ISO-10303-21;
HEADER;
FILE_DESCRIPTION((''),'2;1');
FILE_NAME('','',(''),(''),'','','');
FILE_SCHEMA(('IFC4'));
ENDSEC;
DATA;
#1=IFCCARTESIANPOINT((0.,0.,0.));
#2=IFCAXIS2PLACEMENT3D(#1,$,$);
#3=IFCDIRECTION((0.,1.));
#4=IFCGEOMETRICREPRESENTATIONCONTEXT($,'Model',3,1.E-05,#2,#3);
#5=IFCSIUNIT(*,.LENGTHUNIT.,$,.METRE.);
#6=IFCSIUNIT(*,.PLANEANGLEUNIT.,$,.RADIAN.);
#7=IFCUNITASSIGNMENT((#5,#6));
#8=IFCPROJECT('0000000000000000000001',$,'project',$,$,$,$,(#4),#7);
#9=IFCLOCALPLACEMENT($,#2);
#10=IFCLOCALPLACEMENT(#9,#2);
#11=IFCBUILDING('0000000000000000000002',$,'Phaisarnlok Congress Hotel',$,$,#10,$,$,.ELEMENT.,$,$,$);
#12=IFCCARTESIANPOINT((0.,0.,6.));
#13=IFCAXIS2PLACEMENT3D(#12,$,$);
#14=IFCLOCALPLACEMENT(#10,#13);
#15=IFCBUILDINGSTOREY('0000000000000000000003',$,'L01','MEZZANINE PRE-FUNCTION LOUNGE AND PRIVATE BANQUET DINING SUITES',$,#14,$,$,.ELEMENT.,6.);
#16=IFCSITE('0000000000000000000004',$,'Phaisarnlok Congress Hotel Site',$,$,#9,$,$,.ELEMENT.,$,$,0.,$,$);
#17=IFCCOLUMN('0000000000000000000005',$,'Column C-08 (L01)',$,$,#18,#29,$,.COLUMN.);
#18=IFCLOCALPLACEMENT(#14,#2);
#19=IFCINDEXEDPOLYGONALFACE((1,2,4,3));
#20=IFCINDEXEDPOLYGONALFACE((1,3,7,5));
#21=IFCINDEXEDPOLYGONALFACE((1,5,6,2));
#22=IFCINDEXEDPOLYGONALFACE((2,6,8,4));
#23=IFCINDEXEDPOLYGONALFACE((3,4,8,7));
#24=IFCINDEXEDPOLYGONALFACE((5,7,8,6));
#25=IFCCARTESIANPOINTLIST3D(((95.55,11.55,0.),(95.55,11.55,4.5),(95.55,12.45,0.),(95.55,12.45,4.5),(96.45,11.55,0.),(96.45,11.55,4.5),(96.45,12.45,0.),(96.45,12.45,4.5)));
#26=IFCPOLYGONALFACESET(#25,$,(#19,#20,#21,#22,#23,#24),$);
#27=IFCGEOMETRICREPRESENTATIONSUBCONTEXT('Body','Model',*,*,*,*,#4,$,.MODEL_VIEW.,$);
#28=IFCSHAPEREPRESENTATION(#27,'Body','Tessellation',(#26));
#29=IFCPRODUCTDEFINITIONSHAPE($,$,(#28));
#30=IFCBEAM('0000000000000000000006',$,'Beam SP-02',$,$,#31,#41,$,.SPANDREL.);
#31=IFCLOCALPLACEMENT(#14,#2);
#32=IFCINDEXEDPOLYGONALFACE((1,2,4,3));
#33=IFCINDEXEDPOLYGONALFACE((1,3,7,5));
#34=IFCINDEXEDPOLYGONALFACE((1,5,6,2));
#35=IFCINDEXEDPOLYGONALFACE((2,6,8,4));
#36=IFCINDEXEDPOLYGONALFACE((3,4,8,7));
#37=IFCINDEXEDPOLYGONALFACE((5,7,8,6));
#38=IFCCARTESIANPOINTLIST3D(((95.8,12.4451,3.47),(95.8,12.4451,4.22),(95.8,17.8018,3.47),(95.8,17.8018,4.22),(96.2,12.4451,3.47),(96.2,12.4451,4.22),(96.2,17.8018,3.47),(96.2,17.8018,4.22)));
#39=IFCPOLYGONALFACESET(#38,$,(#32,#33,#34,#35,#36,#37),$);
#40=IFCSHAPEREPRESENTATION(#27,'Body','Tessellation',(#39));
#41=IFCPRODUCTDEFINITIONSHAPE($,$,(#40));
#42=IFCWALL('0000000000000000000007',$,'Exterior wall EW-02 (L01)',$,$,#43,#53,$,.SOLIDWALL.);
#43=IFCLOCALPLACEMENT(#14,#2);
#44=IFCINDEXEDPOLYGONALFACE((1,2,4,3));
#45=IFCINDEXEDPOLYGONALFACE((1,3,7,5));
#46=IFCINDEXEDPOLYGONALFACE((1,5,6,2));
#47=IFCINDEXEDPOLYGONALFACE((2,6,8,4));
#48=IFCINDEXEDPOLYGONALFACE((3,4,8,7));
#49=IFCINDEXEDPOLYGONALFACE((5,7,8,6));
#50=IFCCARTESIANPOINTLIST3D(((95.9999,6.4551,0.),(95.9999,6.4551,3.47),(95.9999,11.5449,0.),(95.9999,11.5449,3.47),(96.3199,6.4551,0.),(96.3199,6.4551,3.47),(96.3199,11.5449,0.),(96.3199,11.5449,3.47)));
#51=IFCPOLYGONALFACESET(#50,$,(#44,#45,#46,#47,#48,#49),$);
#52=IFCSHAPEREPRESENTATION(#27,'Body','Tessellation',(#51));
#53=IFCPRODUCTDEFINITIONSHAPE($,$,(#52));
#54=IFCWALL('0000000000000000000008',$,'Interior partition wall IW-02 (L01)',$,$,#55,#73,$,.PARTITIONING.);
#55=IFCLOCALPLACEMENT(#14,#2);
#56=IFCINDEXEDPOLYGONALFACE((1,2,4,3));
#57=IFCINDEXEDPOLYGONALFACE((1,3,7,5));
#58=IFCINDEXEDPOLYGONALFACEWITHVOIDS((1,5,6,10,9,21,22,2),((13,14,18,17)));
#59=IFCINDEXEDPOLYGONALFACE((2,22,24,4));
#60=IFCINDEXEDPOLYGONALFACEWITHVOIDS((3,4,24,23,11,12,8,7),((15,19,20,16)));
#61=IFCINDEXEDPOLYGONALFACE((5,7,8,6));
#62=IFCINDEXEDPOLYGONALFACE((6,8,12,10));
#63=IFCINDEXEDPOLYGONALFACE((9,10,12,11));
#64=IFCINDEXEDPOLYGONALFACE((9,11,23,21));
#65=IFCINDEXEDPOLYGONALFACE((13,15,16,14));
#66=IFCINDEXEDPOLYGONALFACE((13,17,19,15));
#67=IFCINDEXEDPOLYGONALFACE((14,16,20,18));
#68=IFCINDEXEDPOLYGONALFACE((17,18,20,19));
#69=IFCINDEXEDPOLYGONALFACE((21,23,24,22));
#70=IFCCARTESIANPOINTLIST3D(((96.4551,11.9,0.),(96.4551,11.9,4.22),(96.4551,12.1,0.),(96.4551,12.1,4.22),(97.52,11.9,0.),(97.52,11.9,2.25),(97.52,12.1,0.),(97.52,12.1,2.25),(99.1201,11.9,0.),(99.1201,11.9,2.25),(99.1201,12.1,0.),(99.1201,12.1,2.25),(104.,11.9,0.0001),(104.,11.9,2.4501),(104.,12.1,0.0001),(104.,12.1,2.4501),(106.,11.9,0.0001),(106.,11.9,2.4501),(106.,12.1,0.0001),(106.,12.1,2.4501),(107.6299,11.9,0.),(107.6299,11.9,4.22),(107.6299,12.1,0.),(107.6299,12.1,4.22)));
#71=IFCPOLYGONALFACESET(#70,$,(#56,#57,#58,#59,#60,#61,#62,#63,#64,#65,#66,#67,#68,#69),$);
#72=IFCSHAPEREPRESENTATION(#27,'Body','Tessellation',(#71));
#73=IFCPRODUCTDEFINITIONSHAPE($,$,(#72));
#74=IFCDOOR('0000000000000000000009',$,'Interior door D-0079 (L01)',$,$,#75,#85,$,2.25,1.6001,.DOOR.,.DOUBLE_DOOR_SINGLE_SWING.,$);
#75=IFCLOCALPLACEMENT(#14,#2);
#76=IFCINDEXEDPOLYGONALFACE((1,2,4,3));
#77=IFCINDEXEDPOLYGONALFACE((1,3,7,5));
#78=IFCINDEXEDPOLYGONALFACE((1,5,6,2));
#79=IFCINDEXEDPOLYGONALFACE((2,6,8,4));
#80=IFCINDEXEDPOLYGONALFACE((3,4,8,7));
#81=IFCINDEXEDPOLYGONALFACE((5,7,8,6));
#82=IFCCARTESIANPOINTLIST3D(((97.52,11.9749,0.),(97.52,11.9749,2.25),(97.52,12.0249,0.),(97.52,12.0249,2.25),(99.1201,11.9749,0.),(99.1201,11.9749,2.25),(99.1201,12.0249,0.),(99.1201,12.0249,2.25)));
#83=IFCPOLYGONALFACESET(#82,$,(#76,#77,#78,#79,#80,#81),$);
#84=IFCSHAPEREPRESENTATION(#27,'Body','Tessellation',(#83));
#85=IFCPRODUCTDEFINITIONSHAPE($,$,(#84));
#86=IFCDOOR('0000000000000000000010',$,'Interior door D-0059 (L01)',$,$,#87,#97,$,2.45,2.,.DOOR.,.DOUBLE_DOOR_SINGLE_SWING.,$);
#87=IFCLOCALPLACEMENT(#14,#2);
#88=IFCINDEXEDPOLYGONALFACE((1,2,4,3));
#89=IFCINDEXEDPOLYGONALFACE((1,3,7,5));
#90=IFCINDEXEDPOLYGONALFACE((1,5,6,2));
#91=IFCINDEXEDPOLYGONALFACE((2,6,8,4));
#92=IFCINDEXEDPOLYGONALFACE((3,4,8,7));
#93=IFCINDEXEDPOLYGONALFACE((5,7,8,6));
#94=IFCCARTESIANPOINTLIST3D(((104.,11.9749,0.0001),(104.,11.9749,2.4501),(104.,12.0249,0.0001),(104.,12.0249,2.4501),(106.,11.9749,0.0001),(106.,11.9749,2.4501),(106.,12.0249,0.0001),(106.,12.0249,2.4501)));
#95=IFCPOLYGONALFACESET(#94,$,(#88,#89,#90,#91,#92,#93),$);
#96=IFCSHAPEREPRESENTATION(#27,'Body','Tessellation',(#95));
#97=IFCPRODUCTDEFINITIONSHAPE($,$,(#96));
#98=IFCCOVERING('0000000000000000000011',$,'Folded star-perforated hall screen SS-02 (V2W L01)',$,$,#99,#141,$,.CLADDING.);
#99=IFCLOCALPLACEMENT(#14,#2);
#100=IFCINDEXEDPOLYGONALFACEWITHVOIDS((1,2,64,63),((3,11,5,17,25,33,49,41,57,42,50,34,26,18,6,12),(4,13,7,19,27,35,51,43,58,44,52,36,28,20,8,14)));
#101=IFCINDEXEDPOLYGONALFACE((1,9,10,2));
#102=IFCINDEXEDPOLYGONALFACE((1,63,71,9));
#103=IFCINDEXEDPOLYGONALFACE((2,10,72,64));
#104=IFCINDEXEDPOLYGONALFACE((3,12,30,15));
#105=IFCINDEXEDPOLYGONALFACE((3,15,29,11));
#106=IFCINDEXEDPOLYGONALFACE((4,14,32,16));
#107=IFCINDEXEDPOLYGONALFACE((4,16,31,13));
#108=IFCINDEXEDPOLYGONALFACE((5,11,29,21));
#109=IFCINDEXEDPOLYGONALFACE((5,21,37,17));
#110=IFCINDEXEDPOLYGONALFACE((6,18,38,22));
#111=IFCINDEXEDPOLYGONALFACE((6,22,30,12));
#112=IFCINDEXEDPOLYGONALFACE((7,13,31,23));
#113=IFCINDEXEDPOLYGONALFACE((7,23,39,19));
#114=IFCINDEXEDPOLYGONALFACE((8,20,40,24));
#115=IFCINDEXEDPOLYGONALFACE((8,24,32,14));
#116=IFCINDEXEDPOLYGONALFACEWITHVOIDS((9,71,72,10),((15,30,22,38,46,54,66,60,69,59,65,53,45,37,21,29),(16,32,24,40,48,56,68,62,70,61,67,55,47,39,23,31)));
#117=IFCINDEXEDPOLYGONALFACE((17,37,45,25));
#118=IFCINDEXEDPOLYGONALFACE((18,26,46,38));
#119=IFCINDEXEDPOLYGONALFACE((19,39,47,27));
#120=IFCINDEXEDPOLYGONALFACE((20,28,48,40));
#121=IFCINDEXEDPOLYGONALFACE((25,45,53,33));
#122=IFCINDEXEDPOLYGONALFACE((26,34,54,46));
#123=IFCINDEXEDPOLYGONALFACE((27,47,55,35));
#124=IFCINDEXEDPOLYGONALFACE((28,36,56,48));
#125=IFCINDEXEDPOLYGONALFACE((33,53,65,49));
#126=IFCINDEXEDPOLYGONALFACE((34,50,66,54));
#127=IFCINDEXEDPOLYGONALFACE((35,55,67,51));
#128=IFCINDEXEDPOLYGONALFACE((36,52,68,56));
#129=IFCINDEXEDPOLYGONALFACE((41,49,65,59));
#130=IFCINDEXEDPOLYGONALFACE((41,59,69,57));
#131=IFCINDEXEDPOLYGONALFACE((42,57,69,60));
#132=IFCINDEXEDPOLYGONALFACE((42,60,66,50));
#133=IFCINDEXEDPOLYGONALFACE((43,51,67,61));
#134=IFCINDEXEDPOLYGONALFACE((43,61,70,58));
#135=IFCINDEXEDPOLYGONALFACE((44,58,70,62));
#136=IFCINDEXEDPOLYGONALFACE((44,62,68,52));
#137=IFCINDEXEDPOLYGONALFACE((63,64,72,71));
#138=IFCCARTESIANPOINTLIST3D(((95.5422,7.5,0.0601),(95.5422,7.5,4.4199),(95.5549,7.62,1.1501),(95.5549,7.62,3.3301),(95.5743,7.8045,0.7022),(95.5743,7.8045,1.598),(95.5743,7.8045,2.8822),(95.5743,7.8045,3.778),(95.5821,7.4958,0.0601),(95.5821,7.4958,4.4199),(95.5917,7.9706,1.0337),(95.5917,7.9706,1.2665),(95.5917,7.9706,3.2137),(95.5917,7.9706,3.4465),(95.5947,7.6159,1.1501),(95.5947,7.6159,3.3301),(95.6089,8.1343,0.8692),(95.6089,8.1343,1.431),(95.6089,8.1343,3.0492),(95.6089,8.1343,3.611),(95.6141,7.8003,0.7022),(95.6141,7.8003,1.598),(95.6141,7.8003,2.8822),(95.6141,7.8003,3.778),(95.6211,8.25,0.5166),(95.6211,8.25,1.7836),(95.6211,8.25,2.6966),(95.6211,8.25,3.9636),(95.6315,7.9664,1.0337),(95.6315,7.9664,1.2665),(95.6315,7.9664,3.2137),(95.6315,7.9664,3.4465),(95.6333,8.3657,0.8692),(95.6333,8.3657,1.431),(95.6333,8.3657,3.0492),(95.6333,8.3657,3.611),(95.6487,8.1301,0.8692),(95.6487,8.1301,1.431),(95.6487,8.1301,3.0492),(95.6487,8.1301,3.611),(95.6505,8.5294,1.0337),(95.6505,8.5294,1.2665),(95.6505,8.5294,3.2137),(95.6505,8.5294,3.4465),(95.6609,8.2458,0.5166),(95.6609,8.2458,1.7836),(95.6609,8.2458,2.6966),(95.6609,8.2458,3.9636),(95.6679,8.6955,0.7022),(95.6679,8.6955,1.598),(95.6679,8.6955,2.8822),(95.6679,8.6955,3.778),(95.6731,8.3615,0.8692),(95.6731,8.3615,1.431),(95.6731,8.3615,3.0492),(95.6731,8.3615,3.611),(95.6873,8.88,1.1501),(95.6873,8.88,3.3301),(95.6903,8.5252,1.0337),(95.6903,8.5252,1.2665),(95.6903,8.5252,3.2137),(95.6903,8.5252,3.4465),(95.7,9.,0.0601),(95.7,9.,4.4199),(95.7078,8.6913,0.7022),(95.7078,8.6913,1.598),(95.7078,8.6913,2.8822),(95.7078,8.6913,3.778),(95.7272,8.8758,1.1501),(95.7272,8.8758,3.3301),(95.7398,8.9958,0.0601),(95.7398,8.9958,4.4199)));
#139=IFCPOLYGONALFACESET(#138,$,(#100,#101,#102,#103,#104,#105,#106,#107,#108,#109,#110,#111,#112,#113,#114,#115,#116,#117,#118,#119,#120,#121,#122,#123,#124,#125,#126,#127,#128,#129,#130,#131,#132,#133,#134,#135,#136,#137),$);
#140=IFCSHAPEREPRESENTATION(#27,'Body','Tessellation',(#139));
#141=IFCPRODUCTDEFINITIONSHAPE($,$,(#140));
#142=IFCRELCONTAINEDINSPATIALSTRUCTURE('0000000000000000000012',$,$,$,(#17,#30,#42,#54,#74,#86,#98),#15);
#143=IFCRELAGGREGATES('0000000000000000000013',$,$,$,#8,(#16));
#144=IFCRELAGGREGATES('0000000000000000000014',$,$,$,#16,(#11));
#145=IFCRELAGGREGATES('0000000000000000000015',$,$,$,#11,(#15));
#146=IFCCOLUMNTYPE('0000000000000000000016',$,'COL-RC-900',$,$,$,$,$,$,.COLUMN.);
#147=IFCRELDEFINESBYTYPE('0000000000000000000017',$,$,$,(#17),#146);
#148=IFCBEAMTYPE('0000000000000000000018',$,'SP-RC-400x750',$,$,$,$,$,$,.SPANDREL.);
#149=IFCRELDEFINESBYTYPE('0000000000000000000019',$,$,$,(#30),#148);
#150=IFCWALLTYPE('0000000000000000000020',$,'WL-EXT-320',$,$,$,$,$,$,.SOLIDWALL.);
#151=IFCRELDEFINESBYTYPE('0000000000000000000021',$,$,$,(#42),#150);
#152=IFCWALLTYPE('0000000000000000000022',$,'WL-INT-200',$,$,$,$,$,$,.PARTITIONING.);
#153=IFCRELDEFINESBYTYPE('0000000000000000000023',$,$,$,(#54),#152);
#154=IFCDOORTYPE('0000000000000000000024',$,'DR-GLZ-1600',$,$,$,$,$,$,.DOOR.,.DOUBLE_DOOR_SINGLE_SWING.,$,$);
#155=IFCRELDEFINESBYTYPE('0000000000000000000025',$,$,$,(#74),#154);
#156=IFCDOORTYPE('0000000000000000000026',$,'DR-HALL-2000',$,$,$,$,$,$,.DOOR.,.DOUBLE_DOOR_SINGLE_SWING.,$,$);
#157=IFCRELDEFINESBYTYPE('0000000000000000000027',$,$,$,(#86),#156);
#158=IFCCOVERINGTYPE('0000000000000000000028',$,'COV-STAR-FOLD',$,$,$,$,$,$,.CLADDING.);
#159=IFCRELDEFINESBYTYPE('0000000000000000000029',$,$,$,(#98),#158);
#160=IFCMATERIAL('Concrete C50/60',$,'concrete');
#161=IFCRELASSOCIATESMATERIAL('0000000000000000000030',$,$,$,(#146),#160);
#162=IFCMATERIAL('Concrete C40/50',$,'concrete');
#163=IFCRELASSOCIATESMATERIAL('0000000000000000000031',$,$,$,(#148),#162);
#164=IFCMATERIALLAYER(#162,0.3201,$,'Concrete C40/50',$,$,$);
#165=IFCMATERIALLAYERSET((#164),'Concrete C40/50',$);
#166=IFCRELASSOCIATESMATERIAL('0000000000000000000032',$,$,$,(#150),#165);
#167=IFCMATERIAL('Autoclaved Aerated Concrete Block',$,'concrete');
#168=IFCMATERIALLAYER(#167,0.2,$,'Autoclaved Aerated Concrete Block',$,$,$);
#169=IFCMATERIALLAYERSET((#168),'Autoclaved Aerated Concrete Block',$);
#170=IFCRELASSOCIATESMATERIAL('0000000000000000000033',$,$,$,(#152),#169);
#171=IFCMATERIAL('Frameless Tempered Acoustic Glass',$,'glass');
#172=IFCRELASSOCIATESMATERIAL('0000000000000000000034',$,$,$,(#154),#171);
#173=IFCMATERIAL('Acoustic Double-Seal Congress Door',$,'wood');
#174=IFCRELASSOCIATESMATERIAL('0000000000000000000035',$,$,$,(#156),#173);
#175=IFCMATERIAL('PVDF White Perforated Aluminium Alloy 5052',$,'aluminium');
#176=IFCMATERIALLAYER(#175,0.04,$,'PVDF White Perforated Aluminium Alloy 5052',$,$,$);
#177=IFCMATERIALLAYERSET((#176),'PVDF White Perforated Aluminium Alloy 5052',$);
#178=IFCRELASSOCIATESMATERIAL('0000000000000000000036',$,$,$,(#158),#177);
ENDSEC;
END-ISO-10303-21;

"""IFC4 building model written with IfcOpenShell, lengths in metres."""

from ifc_helpers import new_model, si_unit, direction, frame, frame_2d, origin, origin_2d, place, context, subcontext, project, spatial, polyline, rectangle, outline, extrude, material, layer, layer_set, material_profile, profile_set, type_object, element, fill, save


model = new_model("IFC4")

# Units and contexts
model_context = context("Model", 3, precision=1e-05, world=origin(), true_north=direction((0.0, 1.0)))
body_context = subcontext(model_context, "Body", "Model", "MODEL_VIEW")
ifc_project = project(units=[si_unit("LENGTHUNIT", "METRE"), si_unit("PLANEANGLEUNIT", "RADIAN")], contexts=[model_context])

# Site, building, storey
site_placement = place(None, origin())
site = spatial("IfcSite", under=ifc_project, at=site_placement, Name="Phaisarnlok Congress Hotel Site", CompositionType="ELEMENT", RefElevation=0.0)
building_placement = place(site_placement, origin())
building = spatial("IfcBuilding", under=site, at=building_placement, Name="Phaisarnlok Congress Hotel", CompositionType="ELEMENT")
storey_placement = place(building_placement, frame((0.0, 0.0, 6.0)))
storey = spatial("IfcBuildingStorey", under=building, at=storey_placement, Name="L01", Description="MEZZANINE PRE-FUNCTION LOUNGE AND PRIVATE BANQUET DINING SUITES", CompositionType="ELEMENT", Elevation=6.0)

# Column
ifc_material_1 = material(Name="Concrete C50/60", Category="concrete")
ifc_material_profile_1 = material_profile(ifc_material_1, rectangle(XDim=0.8999, YDim=0.8999, at=origin_2d()), Name="RC 900x900")
ifc_profile_set_1 = profile_set([ifc_material_profile_1], Name="Concrete C50/60")
column_type = type_object("IfcColumnType", Name="COL-RC-900", PredefinedType="COLUMN", material=ifc_profile_set_1)
column_placement = place(storey_placement, frame((96.0, 12.0, 0.0), z_axis=(0.0, 0.0, 1.0), x_axis=(1.0, 0.0, 0.0)))
element("IfcColumn", 1, at=column_placement, inside=storey, type_object=column_type, Name="Column C-08 (L01)", PredefinedType="COLUMN", context=body_context, shape_type="SweptSolid", body=[
    extrude(rectangle(XDim=0.8999, YDim=0.8999, at=origin_2d()), origin(), (0.0, 0.0, 1.0), 4.5),
])

# Beam
ifc_material_2 = material(Name="Concrete C40/50", Category="concrete")
ifc_material_profile_2 = material_profile(ifc_material_2, rectangle(XDim=0.3999, YDim=0.75, at=origin_2d()), Name="RC 400x750")
ifc_profile_set_2 = profile_set([ifc_material_profile_2], Name="Concrete C40/50")
beam_type = type_object("IfcBeamType", Name="SP-RC-400x750", PredefinedType="SPANDREL", material=ifc_profile_set_2)
beam_placement = place(storey_placement, frame((96.0, 12.4451, 3.845), z_axis=(0.0, 1.0, 0.0), x_axis=(-1.0, 0.0, 0.0)))
element("IfcBeam", 2, at=beam_placement, inside=storey, type_object=beam_type, Name="Beam SP-02", PredefinedType="SPANDREL", context=body_context, shape_type="SweptSolid", body=[
    extrude(rectangle(XDim=0.3999, YDim=0.75, at=origin_2d()), origin(), (0.0, 0.0, 1.0), 5.3567),
])

# Wall
ifc_layer_1 = layer(ifc_material_2, 0.3201, Name="Concrete C40/50")
ifc_layer_set_1 = layer_set([ifc_layer_1], Name="Concrete C40/50")
wall_type_1 = type_object("IfcWallType", Name="WL-EXT-320", PredefinedType="SOLIDWALL", material=ifc_layer_set_1)
wall_1_placement = place(storey_placement, frame((96.1599, 11.5449, 0.0), z_axis=(0.0, 0.0, 1.0), x_axis=(0.0, -1.0, 0.0)))
element("IfcWall", 3, at=wall_1_placement, inside=storey, type_object=wall_type_1, Name="Exterior wall EW-02 (L01)", PredefinedType="SOLIDWALL", context=body_context, shape_type="SweptSolid", body=[
    extrude(rectangle(XDim=5.0898, YDim=0.3201, at=frame_2d((2.5449, 0.0))), origin(), (0.0, 0.0, 1.0), 3.47),
])

# Wall, openings, doors
ifc_material_3 = material(Name="Autoclaved Aerated Concrete Block", Category="concrete")
ifc_layer_2 = layer(ifc_material_3, 0.2, Name="Autoclaved Aerated Concrete Block")
ifc_layer_set_2 = layer_set([ifc_layer_2], Name="Autoclaved Aerated Concrete Block")
wall_type_2 = type_object("IfcWallType", Name="WL-INT-200", PredefinedType="PARTITIONING", material=ifc_layer_set_2)
wall_2_placement = place(storey_placement, frame((96.4551, 12.0, 0.0), z_axis=(0.0, 0.0, 1.0), x_axis=(1.0, 0.0, 0.0)))
wall_2 = element("IfcWall", 4, at=wall_2_placement, inside=storey, type_object=wall_type_2, Name="Interior partition wall IW-02 (L01)", PredefinedType="PARTITIONING", context=body_context, shape_type="SweptSolid", body=[
    extrude(rectangle(XDim=11.1748, YDim=0.2, at=frame_2d((5.5874, 0.0))), origin(), (0.0, 0.0, 1.0), 4.22),
])
opening_1_placement = place(wall_2_placement, frame((7.5449, 0.0, 0.0)))
opening_1 = element("IfcOpeningElement", 5, at=opening_1_placement, cuts=wall_2, PredefinedType="OPENING", context=body_context, shape_type="SweptSolid", body=[
    extrude(rectangle(XDim=2.0, YDim=2.45, at=frame_2d((1.0, 1.2251))), frame((0.0, 0.1099, 0.0), z_axis=(0.0, -1.0, 0.0), x_axis=(1.0, 0.0, 0.0)), (0.0, 0.0, 1.0), 0.22),
])
opening_2_placement = place(wall_2_placement, frame((1.0649, 0.0, 0.0)))
opening_2 = element("IfcOpeningElement", 6, at=opening_2_placement, cuts=wall_2, PredefinedType="OPENING", context=body_context, shape_type="SweptSolid", body=[
    extrude(rectangle(XDim=1.6001, YDim=2.25, at=frame_2d((0.8, 1.125))), frame((0.0, 0.1099, 0.0), z_axis=(0.0, -1.0, 0.0), x_axis=(1.0, 0.0, 0.0)), (0.0, 0.0, 1.0), 0.22),
])
ifc_material_4 = material(Name="Frameless Tempered Acoustic Glass", Category="glass")
door_type_1 = type_object("IfcDoorType", Name="DR-GLZ-1600", OperationType="DOUBLE_DOOR_SINGLE_SWING", PredefinedType="DOOR", material=ifc_material_4)
door_1_placement = place(opening_2_placement, origin())
door_1 = element("IfcDoor", 7, at=door_1_placement, inside=storey, type_object=door_type_1, Name="Interior door D-0079 (L01)", OperationType="DOUBLE_DOOR_SINGLE_SWING", OverallHeight=2.25, OverallWidth=1.6001, PredefinedType="DOOR", context=body_context, shape_type="SweptSolid", body=[
    extrude(rectangle(XDim=1.6001, YDim=2.25, at=frame_2d((0.8, 1.125))), frame((0.0, 0.0249, 0.0), z_axis=(0.0, -1.0, 0.0), x_axis=(1.0, 0.0, 0.0)), (0.0, 0.0, 1.0), 0.05),
])
fill(opening_2, door_1)
ifc_material_5 = material(Name="Acoustic Double-Seal Congress Door", Category="wood")
door_type_2 = type_object("IfcDoorType", Name="DR-HALL-2000", OperationType="DOUBLE_DOOR_SINGLE_SWING", PredefinedType="DOOR", material=ifc_material_5)
door_2_placement = place(opening_1_placement, origin())
door_2 = element("IfcDoor", 8, at=door_2_placement, inside=storey, type_object=door_type_2, Name="Interior door D-0059 (L01)", OperationType="DOUBLE_DOOR_SINGLE_SWING", OverallHeight=2.45, OverallWidth=2.0, PredefinedType="DOOR", context=body_context, shape_type="SweptSolid", body=[
    extrude(rectangle(XDim=2.0, YDim=2.45, at=frame_2d((1.0, 1.2251))), frame((0.0, 0.0249, 0.0), z_axis=(0.0, -1.0, 0.0), x_axis=(1.0, 0.0, 0.0)), (0.0, 0.0, 1.0), 0.05),
])
fill(opening_1, door_2)

# Covering
ifc_material_6 = material(Name="PVDF White Perforated Aluminium Alloy 5052", Category="aluminium")
ifc_layer_3 = layer(ifc_material_6, 0.04, Name="PVDF White Perforated Aluminium Alloy 5052")
ifc_layer_set_3 = layer_set([ifc_layer_3], Name="PVDF White Perforated Aluminium Alloy 5052")
covering_type = type_object("IfcCoveringType", Name="COV-STAR-FOLD", PredefinedType="CLADDING", material=ifc_layer_set_3)
for number, where, z_axis, x_axis, name in (
    (9, (95.5422, 7.5, 0.0601), (0.994518, -0.104567, 0.0), (0.104567, 0.994518, 0.0), "Folded star-perforated hall screen SS-02 (V2W L01)"),
):
    element("IfcCovering", number, at=place(storey_placement, frame(where, z_axis=z_axis, x_axis=x_axis)), inside=storey, type_object=covering_type, Name=name, PredefinedType="CLADDING", context=body_context, shape_type="SweptSolid", body=[
        extrude(outline(polyline([(0.0, 0.0), (1.5083, 0.0), (1.5083, 4.3599), (0.0, 4.3599), (0.0, 0.0)]), holes=[polyline([(1.0351, 0.9736), (1.2021, 0.6421), (0.8705, 0.8091), (0.7541, 0.4565), (0.6378, 0.8091), (0.3062, 0.6421), (0.4732, 0.9736), (0.1207, 1.09), (0.4732, 1.2064), (0.3062, 1.5379), (0.6378, 1.3709), (0.7541, 1.7235), (0.8705, 1.3709), (1.2021, 1.5379), (1.0351, 1.2064), (1.3876, 1.09), (1.0351, 0.9736)]), polyline([(1.0351, 3.1536), (1.2021, 2.8221), (0.8705, 2.9891), (0.7541, 2.6365), (0.6378, 2.9891), (0.3062, 2.8221), (0.4732, 3.1536), (0.1207, 3.27), (0.4732, 3.3864), (0.3062, 3.7179), (0.6378, 3.5509), (0.7541, 3.9035), (0.8705, 3.5509), (1.2021, 3.7179), (1.0351, 3.3864), (1.3876, 3.27), (1.0351, 3.1536)])]), origin(), (0.0, 0.0, 1.0), 0.04),
    ])

save(model, "model.ifc")
